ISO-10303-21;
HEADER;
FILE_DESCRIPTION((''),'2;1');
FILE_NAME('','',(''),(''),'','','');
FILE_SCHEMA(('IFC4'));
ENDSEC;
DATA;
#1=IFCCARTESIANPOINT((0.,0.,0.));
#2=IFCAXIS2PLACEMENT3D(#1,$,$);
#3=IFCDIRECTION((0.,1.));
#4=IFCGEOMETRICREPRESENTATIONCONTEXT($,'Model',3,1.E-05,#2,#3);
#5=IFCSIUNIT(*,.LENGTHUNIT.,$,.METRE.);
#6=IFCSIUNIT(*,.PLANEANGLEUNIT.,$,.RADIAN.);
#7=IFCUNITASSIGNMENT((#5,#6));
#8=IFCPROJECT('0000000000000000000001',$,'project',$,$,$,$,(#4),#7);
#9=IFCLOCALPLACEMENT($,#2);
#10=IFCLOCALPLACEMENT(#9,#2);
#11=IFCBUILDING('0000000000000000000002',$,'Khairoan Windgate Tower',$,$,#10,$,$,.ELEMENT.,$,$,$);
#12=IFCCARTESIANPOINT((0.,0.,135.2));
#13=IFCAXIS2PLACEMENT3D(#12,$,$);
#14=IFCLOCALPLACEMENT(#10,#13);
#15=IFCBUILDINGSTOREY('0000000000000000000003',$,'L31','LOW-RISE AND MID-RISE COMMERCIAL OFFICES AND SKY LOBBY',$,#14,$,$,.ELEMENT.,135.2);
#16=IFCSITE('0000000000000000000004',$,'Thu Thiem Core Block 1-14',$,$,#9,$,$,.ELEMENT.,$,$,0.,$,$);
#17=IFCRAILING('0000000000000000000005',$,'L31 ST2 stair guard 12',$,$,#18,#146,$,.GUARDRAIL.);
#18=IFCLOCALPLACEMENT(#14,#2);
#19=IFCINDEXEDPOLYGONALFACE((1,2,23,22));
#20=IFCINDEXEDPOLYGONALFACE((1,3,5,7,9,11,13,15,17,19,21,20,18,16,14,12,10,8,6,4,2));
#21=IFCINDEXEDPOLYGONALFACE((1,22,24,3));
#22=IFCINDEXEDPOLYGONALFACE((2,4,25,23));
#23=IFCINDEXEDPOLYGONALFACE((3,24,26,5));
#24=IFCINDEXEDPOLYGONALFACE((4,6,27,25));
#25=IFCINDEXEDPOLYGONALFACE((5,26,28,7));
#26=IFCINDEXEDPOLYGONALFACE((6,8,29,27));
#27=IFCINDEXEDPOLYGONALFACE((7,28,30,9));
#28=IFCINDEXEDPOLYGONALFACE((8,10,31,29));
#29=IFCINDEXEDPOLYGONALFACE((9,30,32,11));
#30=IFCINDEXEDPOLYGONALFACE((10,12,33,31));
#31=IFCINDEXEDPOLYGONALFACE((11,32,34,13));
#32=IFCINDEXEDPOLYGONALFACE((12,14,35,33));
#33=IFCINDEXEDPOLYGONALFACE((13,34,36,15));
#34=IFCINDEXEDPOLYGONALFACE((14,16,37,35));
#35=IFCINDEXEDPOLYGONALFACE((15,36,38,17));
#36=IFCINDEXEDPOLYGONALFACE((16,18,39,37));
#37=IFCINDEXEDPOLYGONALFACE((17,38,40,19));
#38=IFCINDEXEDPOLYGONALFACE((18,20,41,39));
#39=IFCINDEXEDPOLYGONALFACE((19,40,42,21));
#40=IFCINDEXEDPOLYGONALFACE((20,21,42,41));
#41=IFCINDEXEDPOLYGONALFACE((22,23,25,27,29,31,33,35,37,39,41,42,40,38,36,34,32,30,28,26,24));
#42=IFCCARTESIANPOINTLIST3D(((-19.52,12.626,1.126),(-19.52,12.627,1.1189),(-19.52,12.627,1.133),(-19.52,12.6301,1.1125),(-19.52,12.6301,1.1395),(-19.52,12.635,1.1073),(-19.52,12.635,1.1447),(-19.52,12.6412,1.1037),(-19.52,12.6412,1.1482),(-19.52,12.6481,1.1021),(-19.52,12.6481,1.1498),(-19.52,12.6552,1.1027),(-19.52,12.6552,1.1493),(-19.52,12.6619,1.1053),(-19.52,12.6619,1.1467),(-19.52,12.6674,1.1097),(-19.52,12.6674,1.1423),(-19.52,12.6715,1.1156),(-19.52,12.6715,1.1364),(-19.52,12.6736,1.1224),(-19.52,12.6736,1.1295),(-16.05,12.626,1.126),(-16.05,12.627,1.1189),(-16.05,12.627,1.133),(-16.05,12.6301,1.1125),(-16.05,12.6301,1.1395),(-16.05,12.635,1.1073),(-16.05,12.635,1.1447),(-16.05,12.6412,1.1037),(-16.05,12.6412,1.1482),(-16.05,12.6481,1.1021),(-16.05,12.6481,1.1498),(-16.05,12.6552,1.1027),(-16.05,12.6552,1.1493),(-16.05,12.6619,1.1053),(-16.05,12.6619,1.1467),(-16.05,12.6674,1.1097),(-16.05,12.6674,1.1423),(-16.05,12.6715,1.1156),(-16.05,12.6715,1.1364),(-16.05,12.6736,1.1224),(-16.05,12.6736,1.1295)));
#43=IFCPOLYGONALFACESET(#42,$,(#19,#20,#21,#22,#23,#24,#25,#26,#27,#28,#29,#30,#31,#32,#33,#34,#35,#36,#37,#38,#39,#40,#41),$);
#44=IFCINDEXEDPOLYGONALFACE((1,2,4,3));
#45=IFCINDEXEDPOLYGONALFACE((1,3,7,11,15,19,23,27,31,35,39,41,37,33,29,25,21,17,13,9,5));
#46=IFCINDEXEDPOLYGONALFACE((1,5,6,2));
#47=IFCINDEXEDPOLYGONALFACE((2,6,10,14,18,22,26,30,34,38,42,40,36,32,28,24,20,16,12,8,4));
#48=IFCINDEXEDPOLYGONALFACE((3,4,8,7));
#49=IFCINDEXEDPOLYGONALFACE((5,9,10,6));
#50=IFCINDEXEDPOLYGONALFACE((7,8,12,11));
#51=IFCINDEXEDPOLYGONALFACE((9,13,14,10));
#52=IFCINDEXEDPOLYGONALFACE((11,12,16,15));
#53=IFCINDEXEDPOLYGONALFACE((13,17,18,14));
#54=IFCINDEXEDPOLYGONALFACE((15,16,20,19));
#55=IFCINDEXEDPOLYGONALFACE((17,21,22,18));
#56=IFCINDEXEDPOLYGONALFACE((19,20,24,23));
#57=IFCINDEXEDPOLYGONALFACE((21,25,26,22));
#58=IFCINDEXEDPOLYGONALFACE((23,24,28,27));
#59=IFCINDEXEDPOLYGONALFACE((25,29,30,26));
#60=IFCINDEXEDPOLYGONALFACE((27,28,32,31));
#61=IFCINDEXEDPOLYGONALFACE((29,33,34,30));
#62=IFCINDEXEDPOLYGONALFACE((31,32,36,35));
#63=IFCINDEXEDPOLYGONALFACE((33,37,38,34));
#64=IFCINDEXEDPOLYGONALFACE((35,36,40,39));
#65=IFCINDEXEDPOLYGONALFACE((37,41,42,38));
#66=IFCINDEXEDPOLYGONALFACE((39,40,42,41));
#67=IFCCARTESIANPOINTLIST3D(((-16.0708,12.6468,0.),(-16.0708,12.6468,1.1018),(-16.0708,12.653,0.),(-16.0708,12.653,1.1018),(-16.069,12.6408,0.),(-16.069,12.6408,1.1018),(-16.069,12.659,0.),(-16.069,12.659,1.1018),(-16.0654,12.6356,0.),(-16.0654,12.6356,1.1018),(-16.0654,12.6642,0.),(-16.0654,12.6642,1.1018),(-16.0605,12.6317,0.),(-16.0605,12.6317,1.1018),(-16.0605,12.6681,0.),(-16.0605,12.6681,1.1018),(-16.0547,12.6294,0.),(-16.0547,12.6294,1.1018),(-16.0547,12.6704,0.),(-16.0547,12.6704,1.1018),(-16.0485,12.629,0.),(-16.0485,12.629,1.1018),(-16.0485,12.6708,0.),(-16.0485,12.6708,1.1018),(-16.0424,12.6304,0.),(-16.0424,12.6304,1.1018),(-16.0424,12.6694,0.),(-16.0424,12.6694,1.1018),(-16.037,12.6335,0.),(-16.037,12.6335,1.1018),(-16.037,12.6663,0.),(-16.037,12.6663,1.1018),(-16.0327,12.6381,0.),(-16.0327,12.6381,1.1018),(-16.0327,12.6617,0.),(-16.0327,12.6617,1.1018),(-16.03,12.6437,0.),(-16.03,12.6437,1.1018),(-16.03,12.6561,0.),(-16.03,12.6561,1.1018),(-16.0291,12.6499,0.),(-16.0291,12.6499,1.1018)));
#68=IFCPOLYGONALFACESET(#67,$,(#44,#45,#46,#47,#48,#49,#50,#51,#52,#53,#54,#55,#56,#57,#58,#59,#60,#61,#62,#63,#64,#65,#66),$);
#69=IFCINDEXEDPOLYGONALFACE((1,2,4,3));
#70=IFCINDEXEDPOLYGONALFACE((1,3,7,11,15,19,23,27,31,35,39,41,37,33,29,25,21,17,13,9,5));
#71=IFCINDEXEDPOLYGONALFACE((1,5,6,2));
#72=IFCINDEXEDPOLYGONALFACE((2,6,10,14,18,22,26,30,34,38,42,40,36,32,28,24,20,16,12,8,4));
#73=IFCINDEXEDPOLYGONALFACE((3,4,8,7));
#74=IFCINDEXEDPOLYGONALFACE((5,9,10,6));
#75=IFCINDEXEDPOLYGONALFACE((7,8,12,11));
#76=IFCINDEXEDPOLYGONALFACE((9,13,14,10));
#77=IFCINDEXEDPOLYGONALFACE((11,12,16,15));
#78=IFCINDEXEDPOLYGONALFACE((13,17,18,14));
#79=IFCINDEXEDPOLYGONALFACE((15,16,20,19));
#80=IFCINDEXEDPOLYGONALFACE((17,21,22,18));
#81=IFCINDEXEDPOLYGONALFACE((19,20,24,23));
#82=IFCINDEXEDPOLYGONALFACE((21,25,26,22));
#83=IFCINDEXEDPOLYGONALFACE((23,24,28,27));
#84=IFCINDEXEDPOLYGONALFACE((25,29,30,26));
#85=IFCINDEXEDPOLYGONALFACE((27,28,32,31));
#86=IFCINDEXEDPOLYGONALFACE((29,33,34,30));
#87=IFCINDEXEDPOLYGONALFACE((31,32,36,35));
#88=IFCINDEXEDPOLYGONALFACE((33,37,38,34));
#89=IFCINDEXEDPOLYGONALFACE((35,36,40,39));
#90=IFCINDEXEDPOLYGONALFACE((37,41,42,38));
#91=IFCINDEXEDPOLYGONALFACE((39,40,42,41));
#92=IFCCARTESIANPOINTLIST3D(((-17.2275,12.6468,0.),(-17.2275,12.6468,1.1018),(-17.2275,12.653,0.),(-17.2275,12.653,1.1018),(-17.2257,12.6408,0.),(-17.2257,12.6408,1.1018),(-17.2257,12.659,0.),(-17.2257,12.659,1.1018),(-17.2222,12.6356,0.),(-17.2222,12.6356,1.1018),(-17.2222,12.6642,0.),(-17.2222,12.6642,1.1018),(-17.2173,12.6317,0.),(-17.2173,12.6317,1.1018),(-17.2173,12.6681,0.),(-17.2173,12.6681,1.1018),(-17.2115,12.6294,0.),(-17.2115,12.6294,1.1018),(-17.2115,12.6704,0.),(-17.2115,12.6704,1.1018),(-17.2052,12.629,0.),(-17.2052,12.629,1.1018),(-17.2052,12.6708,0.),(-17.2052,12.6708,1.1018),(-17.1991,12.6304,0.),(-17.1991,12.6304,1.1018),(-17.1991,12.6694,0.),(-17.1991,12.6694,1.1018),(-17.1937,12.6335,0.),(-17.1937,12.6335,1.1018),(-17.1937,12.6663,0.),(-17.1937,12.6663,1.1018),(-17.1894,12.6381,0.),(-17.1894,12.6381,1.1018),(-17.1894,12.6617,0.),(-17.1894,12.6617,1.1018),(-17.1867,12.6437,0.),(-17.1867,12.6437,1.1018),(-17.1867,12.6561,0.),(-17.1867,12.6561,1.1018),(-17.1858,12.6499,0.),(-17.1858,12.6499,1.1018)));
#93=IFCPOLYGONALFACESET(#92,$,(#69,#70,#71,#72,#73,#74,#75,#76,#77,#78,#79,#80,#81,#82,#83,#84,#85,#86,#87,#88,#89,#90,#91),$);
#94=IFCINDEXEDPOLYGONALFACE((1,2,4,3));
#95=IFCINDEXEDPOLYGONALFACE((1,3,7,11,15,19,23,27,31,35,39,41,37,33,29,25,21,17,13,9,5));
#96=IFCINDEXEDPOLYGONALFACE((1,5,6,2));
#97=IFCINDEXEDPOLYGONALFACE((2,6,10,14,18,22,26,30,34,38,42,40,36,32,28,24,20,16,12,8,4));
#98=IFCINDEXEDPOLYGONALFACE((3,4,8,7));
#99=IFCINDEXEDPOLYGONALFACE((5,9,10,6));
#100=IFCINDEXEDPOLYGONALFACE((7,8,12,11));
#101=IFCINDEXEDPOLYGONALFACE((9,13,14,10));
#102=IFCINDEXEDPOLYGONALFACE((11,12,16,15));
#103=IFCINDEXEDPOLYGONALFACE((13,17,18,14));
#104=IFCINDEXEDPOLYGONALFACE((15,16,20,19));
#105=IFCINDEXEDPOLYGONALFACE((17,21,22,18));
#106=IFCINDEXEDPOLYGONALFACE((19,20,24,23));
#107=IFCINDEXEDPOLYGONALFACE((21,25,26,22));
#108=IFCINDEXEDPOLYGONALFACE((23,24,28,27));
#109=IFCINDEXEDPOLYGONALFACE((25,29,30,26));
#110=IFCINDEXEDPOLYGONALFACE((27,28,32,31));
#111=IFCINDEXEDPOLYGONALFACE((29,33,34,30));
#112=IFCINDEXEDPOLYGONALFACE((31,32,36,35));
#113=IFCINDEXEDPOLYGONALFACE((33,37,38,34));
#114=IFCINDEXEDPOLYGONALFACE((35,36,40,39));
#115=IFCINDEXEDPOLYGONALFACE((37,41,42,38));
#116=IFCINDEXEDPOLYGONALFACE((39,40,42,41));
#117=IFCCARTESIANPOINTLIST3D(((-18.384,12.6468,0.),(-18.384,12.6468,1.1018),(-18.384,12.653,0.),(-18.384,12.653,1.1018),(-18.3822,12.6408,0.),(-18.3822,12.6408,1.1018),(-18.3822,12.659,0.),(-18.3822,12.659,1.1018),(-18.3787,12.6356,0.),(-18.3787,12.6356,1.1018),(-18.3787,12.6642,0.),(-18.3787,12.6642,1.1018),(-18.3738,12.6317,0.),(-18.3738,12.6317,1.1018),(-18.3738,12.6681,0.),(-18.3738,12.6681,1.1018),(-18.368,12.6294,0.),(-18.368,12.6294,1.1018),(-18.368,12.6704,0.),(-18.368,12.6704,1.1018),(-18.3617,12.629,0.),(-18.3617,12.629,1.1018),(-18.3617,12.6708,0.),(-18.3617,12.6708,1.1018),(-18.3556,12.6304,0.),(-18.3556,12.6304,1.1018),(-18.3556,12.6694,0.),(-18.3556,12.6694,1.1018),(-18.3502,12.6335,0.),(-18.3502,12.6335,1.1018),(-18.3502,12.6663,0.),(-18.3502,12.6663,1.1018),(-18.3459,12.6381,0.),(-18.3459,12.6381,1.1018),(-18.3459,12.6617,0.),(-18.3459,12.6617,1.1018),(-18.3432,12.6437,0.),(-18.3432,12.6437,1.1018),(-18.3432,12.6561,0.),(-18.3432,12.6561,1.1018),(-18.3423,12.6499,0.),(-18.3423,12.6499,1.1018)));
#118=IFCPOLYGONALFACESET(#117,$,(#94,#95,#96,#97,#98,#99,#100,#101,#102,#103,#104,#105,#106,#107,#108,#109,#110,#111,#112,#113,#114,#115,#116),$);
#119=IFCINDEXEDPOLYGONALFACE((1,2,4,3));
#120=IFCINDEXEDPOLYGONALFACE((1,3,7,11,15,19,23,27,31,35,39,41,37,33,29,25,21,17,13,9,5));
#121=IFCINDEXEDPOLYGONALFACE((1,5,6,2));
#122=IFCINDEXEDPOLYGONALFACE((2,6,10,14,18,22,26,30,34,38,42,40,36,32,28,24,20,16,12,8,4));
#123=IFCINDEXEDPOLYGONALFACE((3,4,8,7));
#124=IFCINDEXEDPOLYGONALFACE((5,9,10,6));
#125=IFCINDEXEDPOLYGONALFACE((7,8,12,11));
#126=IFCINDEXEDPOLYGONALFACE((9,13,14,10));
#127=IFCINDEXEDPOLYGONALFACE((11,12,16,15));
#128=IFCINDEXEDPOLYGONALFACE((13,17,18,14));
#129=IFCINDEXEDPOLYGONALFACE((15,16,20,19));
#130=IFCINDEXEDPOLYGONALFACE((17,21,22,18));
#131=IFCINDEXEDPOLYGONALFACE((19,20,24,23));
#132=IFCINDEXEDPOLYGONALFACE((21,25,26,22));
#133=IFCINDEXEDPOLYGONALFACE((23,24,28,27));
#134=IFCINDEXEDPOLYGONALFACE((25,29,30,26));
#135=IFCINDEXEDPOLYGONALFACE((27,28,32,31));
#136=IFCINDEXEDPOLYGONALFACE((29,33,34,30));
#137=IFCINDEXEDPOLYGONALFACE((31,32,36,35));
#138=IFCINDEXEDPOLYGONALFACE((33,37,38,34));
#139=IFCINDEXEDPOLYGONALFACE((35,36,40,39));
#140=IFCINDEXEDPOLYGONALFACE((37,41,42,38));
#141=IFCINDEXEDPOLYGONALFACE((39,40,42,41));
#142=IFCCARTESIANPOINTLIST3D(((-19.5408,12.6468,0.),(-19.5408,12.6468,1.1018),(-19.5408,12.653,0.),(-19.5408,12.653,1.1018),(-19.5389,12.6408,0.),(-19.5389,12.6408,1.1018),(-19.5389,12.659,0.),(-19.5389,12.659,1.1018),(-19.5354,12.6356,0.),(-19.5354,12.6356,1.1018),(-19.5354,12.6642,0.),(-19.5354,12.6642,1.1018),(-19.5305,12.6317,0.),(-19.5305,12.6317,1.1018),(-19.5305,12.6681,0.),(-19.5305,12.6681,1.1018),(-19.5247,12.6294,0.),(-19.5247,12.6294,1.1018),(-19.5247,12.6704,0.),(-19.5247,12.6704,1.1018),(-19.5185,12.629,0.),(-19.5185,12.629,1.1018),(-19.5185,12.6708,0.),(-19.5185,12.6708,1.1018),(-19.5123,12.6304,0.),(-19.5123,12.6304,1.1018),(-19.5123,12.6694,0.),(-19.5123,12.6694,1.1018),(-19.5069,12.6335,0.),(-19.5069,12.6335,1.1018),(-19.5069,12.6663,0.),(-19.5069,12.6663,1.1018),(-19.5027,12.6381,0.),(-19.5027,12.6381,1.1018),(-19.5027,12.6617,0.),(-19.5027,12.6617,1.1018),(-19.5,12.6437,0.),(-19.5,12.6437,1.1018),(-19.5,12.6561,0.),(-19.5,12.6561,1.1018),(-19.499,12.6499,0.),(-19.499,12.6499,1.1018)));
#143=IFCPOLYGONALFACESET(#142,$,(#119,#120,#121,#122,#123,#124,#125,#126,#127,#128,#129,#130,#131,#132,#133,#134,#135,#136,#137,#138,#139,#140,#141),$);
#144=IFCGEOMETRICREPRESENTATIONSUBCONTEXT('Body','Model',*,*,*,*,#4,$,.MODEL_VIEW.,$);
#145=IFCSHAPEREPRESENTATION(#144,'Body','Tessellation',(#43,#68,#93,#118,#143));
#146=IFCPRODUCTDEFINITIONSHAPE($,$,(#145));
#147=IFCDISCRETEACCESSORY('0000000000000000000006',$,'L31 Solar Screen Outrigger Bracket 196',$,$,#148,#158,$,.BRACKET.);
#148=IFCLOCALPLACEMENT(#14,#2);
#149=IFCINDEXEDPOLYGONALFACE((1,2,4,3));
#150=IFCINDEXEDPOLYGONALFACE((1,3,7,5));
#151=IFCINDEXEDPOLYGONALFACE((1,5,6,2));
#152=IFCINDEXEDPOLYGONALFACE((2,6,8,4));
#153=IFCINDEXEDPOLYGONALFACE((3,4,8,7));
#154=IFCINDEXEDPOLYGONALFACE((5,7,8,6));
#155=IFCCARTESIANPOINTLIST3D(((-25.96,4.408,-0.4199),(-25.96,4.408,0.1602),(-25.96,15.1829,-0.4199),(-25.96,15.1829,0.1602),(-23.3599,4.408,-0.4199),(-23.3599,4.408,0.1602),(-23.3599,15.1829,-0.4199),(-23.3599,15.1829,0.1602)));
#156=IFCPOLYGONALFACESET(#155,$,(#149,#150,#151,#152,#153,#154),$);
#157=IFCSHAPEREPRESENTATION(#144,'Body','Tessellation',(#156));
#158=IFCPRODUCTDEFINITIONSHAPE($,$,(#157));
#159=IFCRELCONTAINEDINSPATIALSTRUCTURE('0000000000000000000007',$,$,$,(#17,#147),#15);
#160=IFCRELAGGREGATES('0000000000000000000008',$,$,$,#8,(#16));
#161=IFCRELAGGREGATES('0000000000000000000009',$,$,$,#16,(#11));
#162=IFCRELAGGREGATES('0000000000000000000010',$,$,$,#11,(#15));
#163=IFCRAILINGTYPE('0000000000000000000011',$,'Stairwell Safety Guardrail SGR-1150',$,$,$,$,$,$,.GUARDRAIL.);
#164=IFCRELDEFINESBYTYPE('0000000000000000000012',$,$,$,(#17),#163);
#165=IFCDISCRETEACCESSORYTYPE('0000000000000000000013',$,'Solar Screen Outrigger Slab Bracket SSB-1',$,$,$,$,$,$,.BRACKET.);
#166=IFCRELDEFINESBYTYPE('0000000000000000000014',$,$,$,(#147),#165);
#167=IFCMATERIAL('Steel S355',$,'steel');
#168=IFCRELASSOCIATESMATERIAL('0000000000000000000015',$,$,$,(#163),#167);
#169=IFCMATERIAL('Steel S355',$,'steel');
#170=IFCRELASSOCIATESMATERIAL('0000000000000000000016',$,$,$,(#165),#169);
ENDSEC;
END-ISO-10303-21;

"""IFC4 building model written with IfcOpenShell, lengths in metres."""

from ifc_helpers import new_model, si_unit, direction, frame, origin, origin_2d, place, context, subcontext, project, spatial, rectangle, circle, extrude, material, type_object, element, save


model = new_model("IFC4")

# Units and contexts
model_context = context("Model", 3, precision=1e-05, world=origin(), true_north=direction((0.0, 1.0)))
body_context = subcontext(model_context, "Body", "Model", "MODEL_VIEW")
ifc_project = project(units=[si_unit("LENGTHUNIT", "METRE"), si_unit("PLANEANGLEUNIT", "RADIAN")], contexts=[model_context])

# Site, building, storey
site_placement = place(None, origin())
site = spatial("IfcSite", under=ifc_project, at=site_placement, Name="Thu Thiem Core Block 1-14", CompositionType="ELEMENT", RefElevation=0.0)
building_placement = place(site_placement, origin())
building = spatial("IfcBuilding", under=site, at=building_placement, Name="Khairoan Windgate Tower", CompositionType="ELEMENT")
storey_placement = place(building_placement, frame((0.0, 0.0, 135.2)))
storey = spatial("IfcBuildingStorey", under=building, at=storey_placement, Name="L31", Description="LOW-RISE AND MID-RISE COMMERCIAL OFFICES AND SKY LOBBY", CompositionType="ELEMENT", Elevation=135.2)

# Railing
ifc_material_1 = material(Name="Steel S355", Category="steel")
railing_type = type_object("IfcRailingType", Name="Stairwell Safety Guardrail SGR-1150", PredefinedType="GUARDRAIL", material=ifc_material_1)
railing_1_placement = place(storey_placement, frame((-16.05, 12.6499, 0.0)))
element("IfcRailing", 1, at=railing_1_placement, inside=storey, type_object=railing_type, Name="L31 ST2 stair guard 12", PredefinedType="GUARDRAIL", context=body_context, shape_type="SweptSolid", body=[
    extrude(circle(Radius=0.0239, at=origin_2d()), frame((0.0, 0.0, 1.126), z_axis=(-1.0, 0.0, 0.0), x_axis=(0.0, -1.0, 0.0)), (0.0, 0.0, 1.0), 3.47),
    extrude(circle(Radius=0.021, at=origin_2d()), origin(), (0.0, 0.0, 1.0), 1.1018),
    extrude(circle(Radius=0.021, at=origin_2d()), frame((-1.1567, 0.0, 0.0)), (0.0, 0.0, 1.0), 1.1018),
    extrude(circle(Radius=0.021, at=origin_2d()), frame((-2.3132, 0.0, 0.0)), (0.0, 0.0, 1.0), 1.1018),
    extrude(circle(Radius=0.021, at=origin_2d()), frame((-3.47, 0.0, 0.0)), (0.0, 0.0, 1.0), 1.1018),
])

# Discrete accessory
ifc_material_2 = material(Name="Steel S355", Category="steel")
discrete_accessory_type = type_object("IfcDiscreteAccessoryType", Name="Solar Screen Outrigger Slab Bracket SSB-1", PredefinedType="BRACKET", material=ifc_material_2)
discrete_accessory_placement = place(storey_placement, frame((-24.6599, 9.7954, -0.4199), z_axis=(0.0, 0.0, 1.0), x_axis=(0.0, 1.0, 0.0)))
element("IfcDiscreteAccessory", 2, at=discrete_accessory_placement, inside=storey, type_object=discrete_accessory_type, Name="L31 Solar Screen Outrigger Bracket 196", PredefinedType="BRACKET", context=body_context, shape_type="SweptSolid", body=[
    extrude(rectangle(XDim=10.7749, YDim=2.6001, at=origin_2d()), origin(), (0.0, 0.0, 1.0), 0.5801),
])

save(model, "model.ifc")
